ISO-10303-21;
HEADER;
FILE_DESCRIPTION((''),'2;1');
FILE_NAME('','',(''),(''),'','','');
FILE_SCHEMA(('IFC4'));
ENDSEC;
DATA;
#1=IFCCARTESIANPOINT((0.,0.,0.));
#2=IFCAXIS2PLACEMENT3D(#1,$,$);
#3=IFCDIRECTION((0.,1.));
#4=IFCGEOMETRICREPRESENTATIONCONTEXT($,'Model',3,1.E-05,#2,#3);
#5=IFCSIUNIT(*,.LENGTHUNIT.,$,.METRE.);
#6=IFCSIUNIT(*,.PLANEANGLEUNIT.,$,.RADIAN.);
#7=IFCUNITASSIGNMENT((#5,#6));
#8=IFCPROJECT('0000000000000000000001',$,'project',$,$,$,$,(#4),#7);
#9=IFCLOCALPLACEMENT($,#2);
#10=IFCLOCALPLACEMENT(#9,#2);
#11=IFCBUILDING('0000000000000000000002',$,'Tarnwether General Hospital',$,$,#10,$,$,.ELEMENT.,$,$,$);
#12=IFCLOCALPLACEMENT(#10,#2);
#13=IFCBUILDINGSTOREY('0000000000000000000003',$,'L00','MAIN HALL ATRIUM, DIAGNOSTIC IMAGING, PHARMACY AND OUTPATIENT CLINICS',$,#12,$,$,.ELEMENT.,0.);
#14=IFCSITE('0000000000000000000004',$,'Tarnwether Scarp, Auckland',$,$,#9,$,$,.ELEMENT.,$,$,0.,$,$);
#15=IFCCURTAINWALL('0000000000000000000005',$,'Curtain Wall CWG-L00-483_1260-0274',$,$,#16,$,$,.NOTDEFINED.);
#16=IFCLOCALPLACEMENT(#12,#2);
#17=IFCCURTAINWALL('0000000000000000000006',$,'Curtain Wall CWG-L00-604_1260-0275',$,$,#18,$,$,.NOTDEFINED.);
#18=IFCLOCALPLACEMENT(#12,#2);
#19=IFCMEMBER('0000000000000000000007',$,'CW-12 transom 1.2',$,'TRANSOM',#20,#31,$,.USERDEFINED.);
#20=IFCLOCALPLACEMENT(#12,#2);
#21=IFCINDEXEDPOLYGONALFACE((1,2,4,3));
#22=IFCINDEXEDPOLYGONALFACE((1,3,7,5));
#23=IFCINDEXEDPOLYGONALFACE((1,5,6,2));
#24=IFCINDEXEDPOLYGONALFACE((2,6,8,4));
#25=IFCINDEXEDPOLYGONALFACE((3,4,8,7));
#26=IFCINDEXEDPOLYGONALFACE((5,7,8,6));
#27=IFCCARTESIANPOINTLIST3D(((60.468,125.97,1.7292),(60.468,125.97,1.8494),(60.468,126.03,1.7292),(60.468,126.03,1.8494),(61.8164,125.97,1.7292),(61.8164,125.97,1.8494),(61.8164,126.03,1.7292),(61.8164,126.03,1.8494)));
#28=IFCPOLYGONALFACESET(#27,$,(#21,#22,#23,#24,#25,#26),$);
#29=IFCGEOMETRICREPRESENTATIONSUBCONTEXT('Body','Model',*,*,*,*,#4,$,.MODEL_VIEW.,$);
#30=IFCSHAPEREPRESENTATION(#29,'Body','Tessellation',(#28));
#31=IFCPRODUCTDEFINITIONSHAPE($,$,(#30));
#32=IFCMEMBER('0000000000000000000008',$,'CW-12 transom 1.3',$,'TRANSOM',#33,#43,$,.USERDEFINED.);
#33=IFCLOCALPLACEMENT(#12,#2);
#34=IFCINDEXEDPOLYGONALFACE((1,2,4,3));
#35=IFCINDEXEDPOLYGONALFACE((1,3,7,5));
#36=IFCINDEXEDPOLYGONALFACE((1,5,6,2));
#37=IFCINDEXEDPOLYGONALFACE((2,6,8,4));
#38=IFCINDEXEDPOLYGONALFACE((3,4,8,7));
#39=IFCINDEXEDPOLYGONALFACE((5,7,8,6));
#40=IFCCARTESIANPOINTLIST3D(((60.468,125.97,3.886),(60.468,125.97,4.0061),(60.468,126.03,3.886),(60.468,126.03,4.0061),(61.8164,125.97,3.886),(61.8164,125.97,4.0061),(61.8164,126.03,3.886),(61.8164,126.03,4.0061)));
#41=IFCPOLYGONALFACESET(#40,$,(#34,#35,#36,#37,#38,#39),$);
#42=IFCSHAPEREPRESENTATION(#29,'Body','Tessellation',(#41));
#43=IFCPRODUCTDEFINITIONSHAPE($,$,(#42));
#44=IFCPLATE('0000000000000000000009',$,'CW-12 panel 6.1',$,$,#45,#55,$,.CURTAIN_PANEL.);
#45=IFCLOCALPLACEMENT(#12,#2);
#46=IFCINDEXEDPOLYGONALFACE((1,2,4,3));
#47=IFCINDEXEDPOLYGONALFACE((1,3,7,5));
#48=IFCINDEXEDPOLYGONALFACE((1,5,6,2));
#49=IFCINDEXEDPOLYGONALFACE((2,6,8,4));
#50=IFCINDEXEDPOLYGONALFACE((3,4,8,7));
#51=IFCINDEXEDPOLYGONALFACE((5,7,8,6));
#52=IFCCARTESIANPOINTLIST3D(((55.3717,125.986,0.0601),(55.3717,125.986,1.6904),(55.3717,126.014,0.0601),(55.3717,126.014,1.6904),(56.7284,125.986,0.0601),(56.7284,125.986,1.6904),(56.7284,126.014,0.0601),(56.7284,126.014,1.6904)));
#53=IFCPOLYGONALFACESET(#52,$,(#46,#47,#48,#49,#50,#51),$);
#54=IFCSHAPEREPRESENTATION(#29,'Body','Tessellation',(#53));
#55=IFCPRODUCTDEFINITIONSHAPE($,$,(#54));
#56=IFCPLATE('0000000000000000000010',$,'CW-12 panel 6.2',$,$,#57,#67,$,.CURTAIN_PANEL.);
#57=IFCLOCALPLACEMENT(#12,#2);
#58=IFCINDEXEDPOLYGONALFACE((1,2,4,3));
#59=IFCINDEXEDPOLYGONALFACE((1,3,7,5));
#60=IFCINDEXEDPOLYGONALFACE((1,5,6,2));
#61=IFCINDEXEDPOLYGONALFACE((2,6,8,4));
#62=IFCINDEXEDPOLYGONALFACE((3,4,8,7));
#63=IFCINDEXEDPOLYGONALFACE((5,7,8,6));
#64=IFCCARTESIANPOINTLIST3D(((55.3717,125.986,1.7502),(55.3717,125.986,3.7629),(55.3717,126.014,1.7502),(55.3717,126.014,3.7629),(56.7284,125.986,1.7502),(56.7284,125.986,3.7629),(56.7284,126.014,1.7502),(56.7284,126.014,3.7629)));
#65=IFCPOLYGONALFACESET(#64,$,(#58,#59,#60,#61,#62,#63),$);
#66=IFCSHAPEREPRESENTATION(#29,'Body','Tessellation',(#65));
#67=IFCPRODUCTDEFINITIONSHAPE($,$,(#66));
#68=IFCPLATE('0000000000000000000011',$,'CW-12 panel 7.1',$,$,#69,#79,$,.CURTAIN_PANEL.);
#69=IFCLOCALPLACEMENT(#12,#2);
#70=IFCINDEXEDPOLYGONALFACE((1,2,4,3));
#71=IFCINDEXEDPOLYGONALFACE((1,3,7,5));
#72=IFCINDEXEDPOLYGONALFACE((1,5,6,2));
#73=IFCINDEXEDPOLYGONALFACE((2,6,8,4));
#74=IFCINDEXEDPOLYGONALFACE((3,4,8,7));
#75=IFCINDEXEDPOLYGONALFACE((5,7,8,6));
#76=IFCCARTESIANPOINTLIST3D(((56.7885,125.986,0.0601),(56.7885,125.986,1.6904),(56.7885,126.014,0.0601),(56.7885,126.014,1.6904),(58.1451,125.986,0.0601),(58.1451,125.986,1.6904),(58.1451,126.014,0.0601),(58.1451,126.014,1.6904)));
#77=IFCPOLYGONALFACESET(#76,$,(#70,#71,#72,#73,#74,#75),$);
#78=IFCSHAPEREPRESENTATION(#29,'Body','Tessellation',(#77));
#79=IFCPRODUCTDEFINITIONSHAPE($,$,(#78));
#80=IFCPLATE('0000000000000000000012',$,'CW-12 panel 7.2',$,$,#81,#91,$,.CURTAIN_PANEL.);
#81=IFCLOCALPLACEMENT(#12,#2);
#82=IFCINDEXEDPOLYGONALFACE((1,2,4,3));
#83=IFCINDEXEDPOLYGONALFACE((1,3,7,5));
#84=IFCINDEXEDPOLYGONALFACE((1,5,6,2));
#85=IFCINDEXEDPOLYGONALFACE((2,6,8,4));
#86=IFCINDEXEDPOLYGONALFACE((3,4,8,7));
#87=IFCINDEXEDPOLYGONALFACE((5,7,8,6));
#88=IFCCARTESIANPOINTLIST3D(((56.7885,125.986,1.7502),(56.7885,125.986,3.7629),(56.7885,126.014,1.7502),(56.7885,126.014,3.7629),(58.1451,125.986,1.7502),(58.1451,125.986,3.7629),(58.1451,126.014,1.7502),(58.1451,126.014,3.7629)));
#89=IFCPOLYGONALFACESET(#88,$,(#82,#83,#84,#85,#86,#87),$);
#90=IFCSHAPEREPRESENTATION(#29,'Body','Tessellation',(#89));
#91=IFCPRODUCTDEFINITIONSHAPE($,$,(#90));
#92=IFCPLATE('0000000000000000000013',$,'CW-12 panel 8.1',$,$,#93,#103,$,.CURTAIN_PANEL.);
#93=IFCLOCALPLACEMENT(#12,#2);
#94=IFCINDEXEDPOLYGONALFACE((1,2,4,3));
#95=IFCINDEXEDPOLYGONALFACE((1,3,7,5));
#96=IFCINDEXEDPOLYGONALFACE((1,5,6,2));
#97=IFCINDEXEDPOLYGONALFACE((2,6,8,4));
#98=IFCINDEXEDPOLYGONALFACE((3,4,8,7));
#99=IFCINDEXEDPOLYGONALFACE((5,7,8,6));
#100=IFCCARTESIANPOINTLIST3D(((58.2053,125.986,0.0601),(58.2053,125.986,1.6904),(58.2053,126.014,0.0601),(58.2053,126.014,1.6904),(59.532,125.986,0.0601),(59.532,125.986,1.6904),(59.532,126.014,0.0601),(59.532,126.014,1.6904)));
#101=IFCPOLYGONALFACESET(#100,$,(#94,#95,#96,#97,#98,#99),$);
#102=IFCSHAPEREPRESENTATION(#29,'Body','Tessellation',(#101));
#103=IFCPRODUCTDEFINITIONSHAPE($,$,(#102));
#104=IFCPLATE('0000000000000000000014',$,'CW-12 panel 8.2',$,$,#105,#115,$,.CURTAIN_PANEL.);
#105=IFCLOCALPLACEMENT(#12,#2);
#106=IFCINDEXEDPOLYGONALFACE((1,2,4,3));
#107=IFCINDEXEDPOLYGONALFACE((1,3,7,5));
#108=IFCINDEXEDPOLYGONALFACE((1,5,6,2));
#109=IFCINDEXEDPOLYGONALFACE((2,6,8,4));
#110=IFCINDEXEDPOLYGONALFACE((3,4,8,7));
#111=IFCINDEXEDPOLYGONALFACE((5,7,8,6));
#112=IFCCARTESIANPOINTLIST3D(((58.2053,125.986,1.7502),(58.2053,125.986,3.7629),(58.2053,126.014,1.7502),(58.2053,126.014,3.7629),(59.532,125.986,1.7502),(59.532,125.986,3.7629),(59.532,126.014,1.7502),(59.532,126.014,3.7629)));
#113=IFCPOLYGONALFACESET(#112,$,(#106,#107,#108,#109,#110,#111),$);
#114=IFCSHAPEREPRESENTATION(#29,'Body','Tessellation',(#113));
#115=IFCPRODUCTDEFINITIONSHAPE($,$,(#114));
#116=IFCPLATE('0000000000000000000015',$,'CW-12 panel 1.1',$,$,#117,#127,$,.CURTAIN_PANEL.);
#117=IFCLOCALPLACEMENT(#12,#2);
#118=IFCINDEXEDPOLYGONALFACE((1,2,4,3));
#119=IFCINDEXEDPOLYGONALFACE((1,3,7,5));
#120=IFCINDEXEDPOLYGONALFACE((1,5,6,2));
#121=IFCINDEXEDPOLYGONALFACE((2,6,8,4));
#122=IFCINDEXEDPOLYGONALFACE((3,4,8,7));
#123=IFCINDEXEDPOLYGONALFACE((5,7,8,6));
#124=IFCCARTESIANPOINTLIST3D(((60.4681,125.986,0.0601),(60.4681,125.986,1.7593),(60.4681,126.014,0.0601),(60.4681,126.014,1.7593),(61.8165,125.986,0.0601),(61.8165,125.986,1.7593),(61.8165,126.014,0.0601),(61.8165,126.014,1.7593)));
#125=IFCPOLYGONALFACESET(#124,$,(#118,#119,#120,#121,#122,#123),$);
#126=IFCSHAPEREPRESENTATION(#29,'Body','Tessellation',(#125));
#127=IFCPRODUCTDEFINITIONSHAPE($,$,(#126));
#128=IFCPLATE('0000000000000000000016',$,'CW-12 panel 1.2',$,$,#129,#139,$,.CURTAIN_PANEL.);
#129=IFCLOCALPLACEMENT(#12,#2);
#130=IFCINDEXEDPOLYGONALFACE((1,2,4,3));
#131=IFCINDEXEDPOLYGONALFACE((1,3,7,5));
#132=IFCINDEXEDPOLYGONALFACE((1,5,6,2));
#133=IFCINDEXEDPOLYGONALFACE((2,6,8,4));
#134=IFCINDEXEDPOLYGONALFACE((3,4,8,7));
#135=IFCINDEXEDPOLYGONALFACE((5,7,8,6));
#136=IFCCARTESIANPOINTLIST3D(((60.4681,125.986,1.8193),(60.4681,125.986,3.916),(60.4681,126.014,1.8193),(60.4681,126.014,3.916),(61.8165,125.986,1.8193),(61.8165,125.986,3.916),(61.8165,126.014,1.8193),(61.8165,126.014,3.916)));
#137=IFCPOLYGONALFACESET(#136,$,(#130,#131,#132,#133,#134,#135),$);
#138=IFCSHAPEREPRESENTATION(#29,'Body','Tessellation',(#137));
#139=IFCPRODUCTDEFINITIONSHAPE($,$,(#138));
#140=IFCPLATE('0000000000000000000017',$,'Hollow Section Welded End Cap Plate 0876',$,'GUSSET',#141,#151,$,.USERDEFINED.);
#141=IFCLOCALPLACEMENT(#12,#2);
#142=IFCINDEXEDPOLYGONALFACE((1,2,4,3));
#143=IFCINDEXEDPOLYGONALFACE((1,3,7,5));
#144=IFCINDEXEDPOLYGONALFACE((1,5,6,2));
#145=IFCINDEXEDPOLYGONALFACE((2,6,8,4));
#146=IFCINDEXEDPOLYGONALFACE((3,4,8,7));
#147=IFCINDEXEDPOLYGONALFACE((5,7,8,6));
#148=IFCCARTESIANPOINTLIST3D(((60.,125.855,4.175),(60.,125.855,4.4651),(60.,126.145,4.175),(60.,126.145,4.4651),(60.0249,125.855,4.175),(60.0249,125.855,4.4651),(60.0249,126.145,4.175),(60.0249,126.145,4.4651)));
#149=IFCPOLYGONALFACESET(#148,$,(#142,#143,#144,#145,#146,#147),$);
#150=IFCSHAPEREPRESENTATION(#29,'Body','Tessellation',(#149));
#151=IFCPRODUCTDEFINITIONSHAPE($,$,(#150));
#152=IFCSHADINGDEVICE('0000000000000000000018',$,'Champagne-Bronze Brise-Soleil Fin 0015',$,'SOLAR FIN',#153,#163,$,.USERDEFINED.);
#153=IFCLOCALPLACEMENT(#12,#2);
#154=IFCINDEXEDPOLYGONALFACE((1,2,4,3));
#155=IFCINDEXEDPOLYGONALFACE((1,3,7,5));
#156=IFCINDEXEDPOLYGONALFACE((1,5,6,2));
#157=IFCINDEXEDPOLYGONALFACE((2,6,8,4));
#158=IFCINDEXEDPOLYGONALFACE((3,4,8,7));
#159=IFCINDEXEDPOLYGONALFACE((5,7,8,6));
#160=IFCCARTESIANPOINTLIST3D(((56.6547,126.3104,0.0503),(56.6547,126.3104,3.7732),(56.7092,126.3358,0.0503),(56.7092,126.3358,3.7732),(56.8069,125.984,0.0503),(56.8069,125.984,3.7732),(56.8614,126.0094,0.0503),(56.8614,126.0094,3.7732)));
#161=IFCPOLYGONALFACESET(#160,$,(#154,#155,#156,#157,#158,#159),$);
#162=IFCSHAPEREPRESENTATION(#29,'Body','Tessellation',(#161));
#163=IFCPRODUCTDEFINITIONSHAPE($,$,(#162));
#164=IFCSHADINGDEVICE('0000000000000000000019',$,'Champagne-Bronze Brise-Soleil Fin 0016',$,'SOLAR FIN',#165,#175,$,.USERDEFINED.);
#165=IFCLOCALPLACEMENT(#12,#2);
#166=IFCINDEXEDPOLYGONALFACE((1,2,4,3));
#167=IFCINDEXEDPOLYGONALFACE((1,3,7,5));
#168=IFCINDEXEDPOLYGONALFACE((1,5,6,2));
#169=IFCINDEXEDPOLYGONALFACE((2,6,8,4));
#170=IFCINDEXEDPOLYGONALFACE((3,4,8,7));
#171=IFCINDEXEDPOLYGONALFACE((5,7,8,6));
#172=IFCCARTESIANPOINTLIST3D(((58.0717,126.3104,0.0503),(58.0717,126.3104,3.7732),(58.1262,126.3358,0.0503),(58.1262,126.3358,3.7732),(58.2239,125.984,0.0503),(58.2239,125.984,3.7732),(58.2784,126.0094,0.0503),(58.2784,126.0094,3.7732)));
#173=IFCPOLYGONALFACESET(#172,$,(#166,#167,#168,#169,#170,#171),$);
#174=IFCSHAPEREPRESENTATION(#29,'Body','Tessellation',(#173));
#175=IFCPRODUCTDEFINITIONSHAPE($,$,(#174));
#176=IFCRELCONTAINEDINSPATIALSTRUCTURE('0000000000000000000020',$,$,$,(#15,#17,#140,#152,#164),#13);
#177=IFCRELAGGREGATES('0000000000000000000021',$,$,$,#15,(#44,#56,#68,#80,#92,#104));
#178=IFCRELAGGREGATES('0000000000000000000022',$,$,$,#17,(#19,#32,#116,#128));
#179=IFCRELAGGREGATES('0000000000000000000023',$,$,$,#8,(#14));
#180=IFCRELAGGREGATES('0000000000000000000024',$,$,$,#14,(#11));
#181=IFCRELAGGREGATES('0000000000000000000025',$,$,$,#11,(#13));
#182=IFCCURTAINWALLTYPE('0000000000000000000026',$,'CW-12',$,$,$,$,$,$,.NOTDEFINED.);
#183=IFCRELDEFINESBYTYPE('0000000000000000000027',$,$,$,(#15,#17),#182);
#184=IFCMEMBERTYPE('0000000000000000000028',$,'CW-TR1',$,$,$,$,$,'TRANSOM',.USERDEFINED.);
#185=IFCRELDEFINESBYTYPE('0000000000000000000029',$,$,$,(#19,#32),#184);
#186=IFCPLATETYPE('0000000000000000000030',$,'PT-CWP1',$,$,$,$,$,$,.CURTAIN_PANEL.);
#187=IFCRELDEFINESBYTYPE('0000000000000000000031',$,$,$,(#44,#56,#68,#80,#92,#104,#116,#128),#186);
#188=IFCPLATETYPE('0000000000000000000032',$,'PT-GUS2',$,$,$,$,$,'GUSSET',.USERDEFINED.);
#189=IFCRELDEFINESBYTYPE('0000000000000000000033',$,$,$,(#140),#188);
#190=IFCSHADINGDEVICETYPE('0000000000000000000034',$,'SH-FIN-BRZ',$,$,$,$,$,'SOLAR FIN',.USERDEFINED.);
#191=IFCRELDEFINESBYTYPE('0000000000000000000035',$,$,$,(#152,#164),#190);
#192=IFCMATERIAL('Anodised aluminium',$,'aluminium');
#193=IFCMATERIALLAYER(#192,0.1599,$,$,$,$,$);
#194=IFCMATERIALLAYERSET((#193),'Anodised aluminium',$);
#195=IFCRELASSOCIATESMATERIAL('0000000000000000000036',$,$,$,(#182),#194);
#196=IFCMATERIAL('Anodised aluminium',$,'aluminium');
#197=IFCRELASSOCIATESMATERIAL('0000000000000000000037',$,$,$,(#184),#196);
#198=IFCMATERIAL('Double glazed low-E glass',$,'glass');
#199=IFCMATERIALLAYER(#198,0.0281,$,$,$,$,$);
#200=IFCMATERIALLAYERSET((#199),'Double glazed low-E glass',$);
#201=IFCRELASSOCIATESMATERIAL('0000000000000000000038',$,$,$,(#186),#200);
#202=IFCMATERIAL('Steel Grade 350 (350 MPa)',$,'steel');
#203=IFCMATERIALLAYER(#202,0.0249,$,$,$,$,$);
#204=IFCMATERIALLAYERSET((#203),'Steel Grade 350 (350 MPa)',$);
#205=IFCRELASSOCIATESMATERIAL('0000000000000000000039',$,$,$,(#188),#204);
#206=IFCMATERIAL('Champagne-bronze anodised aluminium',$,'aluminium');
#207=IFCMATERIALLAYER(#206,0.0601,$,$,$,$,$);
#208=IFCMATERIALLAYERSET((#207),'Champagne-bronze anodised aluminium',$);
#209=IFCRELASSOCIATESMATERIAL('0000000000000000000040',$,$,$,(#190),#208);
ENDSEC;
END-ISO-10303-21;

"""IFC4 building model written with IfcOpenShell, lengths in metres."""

from ifc_helpers import new_model, si_unit, direction, frame, origin, origin_2d, place, context, subcontext, project, spatial, rectangle, extrude, material, layer, layer_set, material_profile, profile_set, type_object, element, aggregate, save


model = new_model("IFC4")

# Units and contexts
model_context = context("Model", 3, precision=1e-05, world=origin(), true_north=direction((0.0, 1.0)))
body_context = subcontext(model_context, "Body", "Model", "MODEL_VIEW")
ifc_project = project(units=[si_unit("LENGTHUNIT", "METRE"), si_unit("PLANEANGLEUNIT", "RADIAN")], contexts=[model_context])

# Site, building, storey
site_placement = place(None, origin())
site = spatial("IfcSite", under=ifc_project, at=site_placement, Name="Tarnwether Scarp, Auckland", CompositionType="ELEMENT", RefElevation=0.0)
building_placement = place(site_placement, origin())
building = spatial("IfcBuilding", under=site, at=building_placement, Name="Tarnwether General Hospital", CompositionType="ELEMENT")
storey_placement = place(building_placement, origin())
storey = spatial("IfcBuildingStorey", under=building, at=storey_placement, Name="L00", Description="MAIN HALL ATRIUM, DIAGNOSTIC IMAGING, PHARMACY AND OUTPATIENT CLINICS", CompositionType="ELEMENT", Elevation=0.0)

# Curtain wall
ifc_material_1 = material(Name="Anodised aluminium", Category="aluminium")
ifc_layer_1 = layer(ifc_material_1, 0.1599)
ifc_layer_set_1 = layer_set([ifc_layer_1], Name="Anodised aluminium")
curtain_wall_type = type_object("IfcCurtainWallType", Name="CW-12", PredefinedType="NOTDEFINED", material=ifc_layer_set_1)
curtain_wall_1_placement = place(storey_placement, origin())
curtain_wall_1 = element("IfcCurtainWall", 1, at=curtain_wall_1_placement, inside=storey, type_object=curtain_wall_type, Name="Curtain Wall CWG-L00-483_1260-0274", PredefinedType="NOTDEFINED")

# Curtain wall
curtain_wall_2_placement = place(storey_placement, origin())
curtain_wall_2 = element("IfcCurtainWall", 2, at=curtain_wall_2_placement, inside=storey, type_object=curtain_wall_type, Name="Curtain Wall CWG-L00-604_1260-0275", PredefinedType="NOTDEFINED")

# Members
ifc_material_2 = material(Name="Anodised aluminium", Category="aluminium")
ifc_material_profile_1 = material_profile(ifc_material_2, rectangle(XDim=0.0601, YDim=0.1201, at=origin_2d()), Name="ALU-TRN-60x120")
ifc_profile_set_1 = profile_set([ifc_material_profile_1], Name="Anodised aluminium")
member_type_1 = type_object("IfcMemberType", Name="CW-TR1", ElementType="TRANSOM", PredefinedType="USERDEFINED", material=ifc_profile_set_1)
member_1_placement = place(storey_placement, frame((60.468, 126.0, 1.7893), z_axis=(1.0, 0.0, 0.0), x_axis=(0.0, 1.0, 0.0)))
member_1 = element("IfcMember", 3, at=member_1_placement, type_object=member_type_1, Name="CW-12 transom 1.2", ObjectType="TRANSOM", PredefinedType="USERDEFINED", context=body_context, shape_type="SweptSolid", body=[
    extrude(rectangle(XDim=0.0601, YDim=0.1201, at=origin_2d()), origin(), (0.0, 0.0, 1.0), 1.3484),
])
member_2_placement = place(storey_placement, frame((60.468, 126.0, 3.946), z_axis=(1.0, 0.0, 0.0), x_axis=(0.0, 1.0, 0.0)))
member_2 = element("IfcMember", 4, at=member_2_placement, type_object=member_type_1, Name="CW-12 transom 1.3", ObjectType="TRANSOM", PredefinedType="USERDEFINED", context=body_context, shape_type="SweptSolid", body=[
    extrude(rectangle(XDim=0.0601, YDim=0.1201, at=origin_2d()), origin(), (0.0, 0.0, 1.0), 1.3484),
])

# Plates
ifc_material_3 = material(Name="Double glazed low-E glass", Category="glass")
ifc_layer_2 = layer(ifc_material_3, 0.0281)
ifc_layer_set_2 = layer_set([ifc_layer_2], Name="Double glazed low-E glass")
plate_type_1 = type_object("IfcPlateType", Name="PT-CWP1", PredefinedType="CURTAIN_PANEL", material=ifc_layer_set_2)
plate_1_placement = place(storey_placement, frame((56.05, 126.0, 0.0601), z_axis=(0.0, 0.0, 1.0), x_axis=(1.0, 0.0, 0.0)))
plate_1 = element("IfcPlate", 5, at=plate_1_placement, type_object=plate_type_1, Name="CW-12 panel 6.1", PredefinedType="CURTAIN_PANEL", context=body_context, shape_type="SweptSolid", body=[
    extrude(rectangle(XDim=1.3567, YDim=0.0281, at=origin_2d()), origin(), (0.0, 0.0, 1.0), 1.6304),
])
plate_2_placement = place(storey_placement, frame((56.05, 126.0, 1.7502), z_axis=(0.0, 0.0, 1.0), x_axis=(1.0, 0.0, 0.0)))
plate_2 = element("IfcPlate", 6, at=plate_2_placement, type_object=plate_type_1, Name="CW-12 panel 6.2", PredefinedType="CURTAIN_PANEL", context=body_context, shape_type="SweptSolid", body=[
    extrude(rectangle(XDim=1.3567, YDim=0.0281, at=origin_2d()), origin(), (0.0, 0.0, 1.0), 2.0127),
])
plate_3_placement = place(storey_placement, frame((57.4668, 126.0, 0.0601), z_axis=(0.0, 0.0, 1.0), x_axis=(1.0, 0.0, 0.0)))
plate_3 = element("IfcPlate", 7, at=plate_3_placement, type_object=plate_type_1, Name="CW-12 panel 7.1", PredefinedType="CURTAIN_PANEL", context=body_context, shape_type="SweptSolid", body=[
    extrude(rectangle(XDim=1.3567, YDim=0.0281, at=origin_2d()), origin(), (0.0, 0.0, 1.0), 1.6304),
])
plate_4_placement = place(storey_placement, frame((57.4668, 126.0, 1.7502), z_axis=(0.0, 0.0, 1.0), x_axis=(1.0, 0.0, 0.0)))
plate_4 = element("IfcPlate", 8, at=plate_4_placement, type_object=plate_type_1, Name="CW-12 panel 7.2", PredefinedType="CURTAIN_PANEL", context=body_context, shape_type="SweptSolid", body=[
    extrude(rectangle(XDim=1.3567, YDim=0.0281, at=origin_2d()), origin(), (0.0, 0.0, 1.0), 2.0127),
])
plate_5_placement = place(storey_placement, frame((58.8687, 126.0, 0.0601), z_axis=(0.0, 0.0, 1.0), x_axis=(1.0, 0.0, 0.0)))
plate_5 = element("IfcPlate", 9, at=plate_5_placement, type_object=plate_type_1, Name="CW-12 panel 8.1", PredefinedType="CURTAIN_PANEL", context=body_context, shape_type="SweptSolid", body=[
    extrude(rectangle(XDim=1.3267, YDim=0.0281, at=origin_2d()), origin(), (0.0, 0.0, 1.0), 1.6304),
])
plate_6_placement = place(storey_placement, frame((58.8687, 126.0, 1.7502), z_axis=(0.0, 0.0, 1.0), x_axis=(1.0, 0.0, 0.0)))
plate_6 = element("IfcPlate", 10, at=plate_6_placement, type_object=plate_type_1, Name="CW-12 panel 8.2", PredefinedType="CURTAIN_PANEL", context=body_context, shape_type="SweptSolid", body=[
    extrude(rectangle(XDim=1.3267, YDim=0.0281, at=origin_2d()), origin(), (0.0, 0.0, 1.0), 2.0127),
])
aggregate(curtain_wall_1, [plate_1, plate_2, plate_3, plate_4, plate_5, plate_6])
plate_7_placement = place(storey_placement, frame((61.1423, 126.0, 0.0601), z_axis=(0.0, 0.0, 1.0), x_axis=(1.0, 0.0, 0.0)))
plate_7 = element("IfcPlate", 11, at=plate_7_placement, type_object=plate_type_1, Name="CW-12 panel 1.1", PredefinedType="CURTAIN_PANEL", context=body_context, shape_type="SweptSolid", body=[
    extrude(rectangle(XDim=1.3484, YDim=0.0281, at=origin_2d()), origin(), (0.0, 0.0, 1.0), 1.6992),
])
plate_8_placement = place(storey_placement, frame((61.1423, 126.0, 1.8193), z_axis=(0.0, 0.0, 1.0), x_axis=(1.0, 0.0, 0.0)))
plate_8 = element("IfcPlate", 12, at=plate_8_placement, type_object=plate_type_1, Name="CW-12 panel 1.2", PredefinedType="CURTAIN_PANEL", context=body_context, shape_type="SweptSolid", body=[
    extrude(rectangle(XDim=1.3484, YDim=0.0281, at=origin_2d()), origin(), (0.0, 0.0, 1.0), 2.0967),
])
aggregate(curtain_wall_2, [member_1, member_2, plate_7, plate_8])
ifc_material_4 = material(Name="Steel Grade 350 (350 MPa)", Category="steel")
ifc_layer_3 = layer(ifc_material_4, 0.0249)
ifc_layer_set_3 = layer_set([ifc_layer_3], Name="Steel Grade 350 (350 MPa)")
plate_type_2 = type_object("IfcPlateType", Name="PT-GUS2", ElementType="GUSSET", PredefinedType="USERDEFINED", material=ifc_layer_set_3)
plate_9_placement = place(storey_placement, frame((60.0125, 126.0, 4.175), z_axis=(0.0, 0.0, 1.0), x_axis=(1.0, 0.0, 0.0)))
element("IfcPlate", 13, at=plate_9_placement, inside=storey, type_object=plate_type_2, Name="Hollow Section Welded End Cap Plate 0876", ObjectType="GUSSET", PredefinedType="USERDEFINED", context=body_context, shape_type="SweptSolid", body=[
    extrude(rectangle(XDim=0.0249, YDim=0.29, at=origin_2d()), origin(), (0.0, 0.0, 1.0), 0.29),
])

# Shading devices
ifc_material_5 = material(Name="Champagne-bronze anodised aluminium", Category="aluminium")
ifc_layer_4 = layer(ifc_material_5, 0.0601)
ifc_layer_set_4 = layer_set([ifc_layer_4], Name="Champagne-bronze anodised aluminium")
shading_device_type = type_object("IfcShadingDeviceType", Name="SH-FIN-BRZ", ElementType="SOLAR FIN", PredefinedType="USERDEFINED", material=ifc_layer_set_4)
for number, where, z_axis, x_axis, name in (
    (14, (56.7581, 126.1599, 0.0503), (0.0, 0.0, 1.0), (0.906308, 0.422618, 0.0), "Champagne-Bronze Brise-Soleil Fin 0015"),
    (15, (58.175, 126.1599, 0.0503), (0.0, 0.0, 1.0), (0.906308, 0.422618, 0.0), "Champagne-Bronze Brise-Soleil Fin 0016"),
):
    element("IfcShadingDevice", number, at=place(storey_placement, frame(where, z_axis=z_axis, x_axis=x_axis)), inside=storey, type_object=shading_device_type, Name=name, ObjectType="SOLAR FIN", PredefinedType="USERDEFINED", context=body_context, shape_type="SweptSolid", body=[
        extrude(rectangle(XDim=0.0601, YDim=0.3601, at=origin_2d()), origin(), (0.0, 0.0, 1.0), 3.7229),
    ])

save(model, "model.ifc")
